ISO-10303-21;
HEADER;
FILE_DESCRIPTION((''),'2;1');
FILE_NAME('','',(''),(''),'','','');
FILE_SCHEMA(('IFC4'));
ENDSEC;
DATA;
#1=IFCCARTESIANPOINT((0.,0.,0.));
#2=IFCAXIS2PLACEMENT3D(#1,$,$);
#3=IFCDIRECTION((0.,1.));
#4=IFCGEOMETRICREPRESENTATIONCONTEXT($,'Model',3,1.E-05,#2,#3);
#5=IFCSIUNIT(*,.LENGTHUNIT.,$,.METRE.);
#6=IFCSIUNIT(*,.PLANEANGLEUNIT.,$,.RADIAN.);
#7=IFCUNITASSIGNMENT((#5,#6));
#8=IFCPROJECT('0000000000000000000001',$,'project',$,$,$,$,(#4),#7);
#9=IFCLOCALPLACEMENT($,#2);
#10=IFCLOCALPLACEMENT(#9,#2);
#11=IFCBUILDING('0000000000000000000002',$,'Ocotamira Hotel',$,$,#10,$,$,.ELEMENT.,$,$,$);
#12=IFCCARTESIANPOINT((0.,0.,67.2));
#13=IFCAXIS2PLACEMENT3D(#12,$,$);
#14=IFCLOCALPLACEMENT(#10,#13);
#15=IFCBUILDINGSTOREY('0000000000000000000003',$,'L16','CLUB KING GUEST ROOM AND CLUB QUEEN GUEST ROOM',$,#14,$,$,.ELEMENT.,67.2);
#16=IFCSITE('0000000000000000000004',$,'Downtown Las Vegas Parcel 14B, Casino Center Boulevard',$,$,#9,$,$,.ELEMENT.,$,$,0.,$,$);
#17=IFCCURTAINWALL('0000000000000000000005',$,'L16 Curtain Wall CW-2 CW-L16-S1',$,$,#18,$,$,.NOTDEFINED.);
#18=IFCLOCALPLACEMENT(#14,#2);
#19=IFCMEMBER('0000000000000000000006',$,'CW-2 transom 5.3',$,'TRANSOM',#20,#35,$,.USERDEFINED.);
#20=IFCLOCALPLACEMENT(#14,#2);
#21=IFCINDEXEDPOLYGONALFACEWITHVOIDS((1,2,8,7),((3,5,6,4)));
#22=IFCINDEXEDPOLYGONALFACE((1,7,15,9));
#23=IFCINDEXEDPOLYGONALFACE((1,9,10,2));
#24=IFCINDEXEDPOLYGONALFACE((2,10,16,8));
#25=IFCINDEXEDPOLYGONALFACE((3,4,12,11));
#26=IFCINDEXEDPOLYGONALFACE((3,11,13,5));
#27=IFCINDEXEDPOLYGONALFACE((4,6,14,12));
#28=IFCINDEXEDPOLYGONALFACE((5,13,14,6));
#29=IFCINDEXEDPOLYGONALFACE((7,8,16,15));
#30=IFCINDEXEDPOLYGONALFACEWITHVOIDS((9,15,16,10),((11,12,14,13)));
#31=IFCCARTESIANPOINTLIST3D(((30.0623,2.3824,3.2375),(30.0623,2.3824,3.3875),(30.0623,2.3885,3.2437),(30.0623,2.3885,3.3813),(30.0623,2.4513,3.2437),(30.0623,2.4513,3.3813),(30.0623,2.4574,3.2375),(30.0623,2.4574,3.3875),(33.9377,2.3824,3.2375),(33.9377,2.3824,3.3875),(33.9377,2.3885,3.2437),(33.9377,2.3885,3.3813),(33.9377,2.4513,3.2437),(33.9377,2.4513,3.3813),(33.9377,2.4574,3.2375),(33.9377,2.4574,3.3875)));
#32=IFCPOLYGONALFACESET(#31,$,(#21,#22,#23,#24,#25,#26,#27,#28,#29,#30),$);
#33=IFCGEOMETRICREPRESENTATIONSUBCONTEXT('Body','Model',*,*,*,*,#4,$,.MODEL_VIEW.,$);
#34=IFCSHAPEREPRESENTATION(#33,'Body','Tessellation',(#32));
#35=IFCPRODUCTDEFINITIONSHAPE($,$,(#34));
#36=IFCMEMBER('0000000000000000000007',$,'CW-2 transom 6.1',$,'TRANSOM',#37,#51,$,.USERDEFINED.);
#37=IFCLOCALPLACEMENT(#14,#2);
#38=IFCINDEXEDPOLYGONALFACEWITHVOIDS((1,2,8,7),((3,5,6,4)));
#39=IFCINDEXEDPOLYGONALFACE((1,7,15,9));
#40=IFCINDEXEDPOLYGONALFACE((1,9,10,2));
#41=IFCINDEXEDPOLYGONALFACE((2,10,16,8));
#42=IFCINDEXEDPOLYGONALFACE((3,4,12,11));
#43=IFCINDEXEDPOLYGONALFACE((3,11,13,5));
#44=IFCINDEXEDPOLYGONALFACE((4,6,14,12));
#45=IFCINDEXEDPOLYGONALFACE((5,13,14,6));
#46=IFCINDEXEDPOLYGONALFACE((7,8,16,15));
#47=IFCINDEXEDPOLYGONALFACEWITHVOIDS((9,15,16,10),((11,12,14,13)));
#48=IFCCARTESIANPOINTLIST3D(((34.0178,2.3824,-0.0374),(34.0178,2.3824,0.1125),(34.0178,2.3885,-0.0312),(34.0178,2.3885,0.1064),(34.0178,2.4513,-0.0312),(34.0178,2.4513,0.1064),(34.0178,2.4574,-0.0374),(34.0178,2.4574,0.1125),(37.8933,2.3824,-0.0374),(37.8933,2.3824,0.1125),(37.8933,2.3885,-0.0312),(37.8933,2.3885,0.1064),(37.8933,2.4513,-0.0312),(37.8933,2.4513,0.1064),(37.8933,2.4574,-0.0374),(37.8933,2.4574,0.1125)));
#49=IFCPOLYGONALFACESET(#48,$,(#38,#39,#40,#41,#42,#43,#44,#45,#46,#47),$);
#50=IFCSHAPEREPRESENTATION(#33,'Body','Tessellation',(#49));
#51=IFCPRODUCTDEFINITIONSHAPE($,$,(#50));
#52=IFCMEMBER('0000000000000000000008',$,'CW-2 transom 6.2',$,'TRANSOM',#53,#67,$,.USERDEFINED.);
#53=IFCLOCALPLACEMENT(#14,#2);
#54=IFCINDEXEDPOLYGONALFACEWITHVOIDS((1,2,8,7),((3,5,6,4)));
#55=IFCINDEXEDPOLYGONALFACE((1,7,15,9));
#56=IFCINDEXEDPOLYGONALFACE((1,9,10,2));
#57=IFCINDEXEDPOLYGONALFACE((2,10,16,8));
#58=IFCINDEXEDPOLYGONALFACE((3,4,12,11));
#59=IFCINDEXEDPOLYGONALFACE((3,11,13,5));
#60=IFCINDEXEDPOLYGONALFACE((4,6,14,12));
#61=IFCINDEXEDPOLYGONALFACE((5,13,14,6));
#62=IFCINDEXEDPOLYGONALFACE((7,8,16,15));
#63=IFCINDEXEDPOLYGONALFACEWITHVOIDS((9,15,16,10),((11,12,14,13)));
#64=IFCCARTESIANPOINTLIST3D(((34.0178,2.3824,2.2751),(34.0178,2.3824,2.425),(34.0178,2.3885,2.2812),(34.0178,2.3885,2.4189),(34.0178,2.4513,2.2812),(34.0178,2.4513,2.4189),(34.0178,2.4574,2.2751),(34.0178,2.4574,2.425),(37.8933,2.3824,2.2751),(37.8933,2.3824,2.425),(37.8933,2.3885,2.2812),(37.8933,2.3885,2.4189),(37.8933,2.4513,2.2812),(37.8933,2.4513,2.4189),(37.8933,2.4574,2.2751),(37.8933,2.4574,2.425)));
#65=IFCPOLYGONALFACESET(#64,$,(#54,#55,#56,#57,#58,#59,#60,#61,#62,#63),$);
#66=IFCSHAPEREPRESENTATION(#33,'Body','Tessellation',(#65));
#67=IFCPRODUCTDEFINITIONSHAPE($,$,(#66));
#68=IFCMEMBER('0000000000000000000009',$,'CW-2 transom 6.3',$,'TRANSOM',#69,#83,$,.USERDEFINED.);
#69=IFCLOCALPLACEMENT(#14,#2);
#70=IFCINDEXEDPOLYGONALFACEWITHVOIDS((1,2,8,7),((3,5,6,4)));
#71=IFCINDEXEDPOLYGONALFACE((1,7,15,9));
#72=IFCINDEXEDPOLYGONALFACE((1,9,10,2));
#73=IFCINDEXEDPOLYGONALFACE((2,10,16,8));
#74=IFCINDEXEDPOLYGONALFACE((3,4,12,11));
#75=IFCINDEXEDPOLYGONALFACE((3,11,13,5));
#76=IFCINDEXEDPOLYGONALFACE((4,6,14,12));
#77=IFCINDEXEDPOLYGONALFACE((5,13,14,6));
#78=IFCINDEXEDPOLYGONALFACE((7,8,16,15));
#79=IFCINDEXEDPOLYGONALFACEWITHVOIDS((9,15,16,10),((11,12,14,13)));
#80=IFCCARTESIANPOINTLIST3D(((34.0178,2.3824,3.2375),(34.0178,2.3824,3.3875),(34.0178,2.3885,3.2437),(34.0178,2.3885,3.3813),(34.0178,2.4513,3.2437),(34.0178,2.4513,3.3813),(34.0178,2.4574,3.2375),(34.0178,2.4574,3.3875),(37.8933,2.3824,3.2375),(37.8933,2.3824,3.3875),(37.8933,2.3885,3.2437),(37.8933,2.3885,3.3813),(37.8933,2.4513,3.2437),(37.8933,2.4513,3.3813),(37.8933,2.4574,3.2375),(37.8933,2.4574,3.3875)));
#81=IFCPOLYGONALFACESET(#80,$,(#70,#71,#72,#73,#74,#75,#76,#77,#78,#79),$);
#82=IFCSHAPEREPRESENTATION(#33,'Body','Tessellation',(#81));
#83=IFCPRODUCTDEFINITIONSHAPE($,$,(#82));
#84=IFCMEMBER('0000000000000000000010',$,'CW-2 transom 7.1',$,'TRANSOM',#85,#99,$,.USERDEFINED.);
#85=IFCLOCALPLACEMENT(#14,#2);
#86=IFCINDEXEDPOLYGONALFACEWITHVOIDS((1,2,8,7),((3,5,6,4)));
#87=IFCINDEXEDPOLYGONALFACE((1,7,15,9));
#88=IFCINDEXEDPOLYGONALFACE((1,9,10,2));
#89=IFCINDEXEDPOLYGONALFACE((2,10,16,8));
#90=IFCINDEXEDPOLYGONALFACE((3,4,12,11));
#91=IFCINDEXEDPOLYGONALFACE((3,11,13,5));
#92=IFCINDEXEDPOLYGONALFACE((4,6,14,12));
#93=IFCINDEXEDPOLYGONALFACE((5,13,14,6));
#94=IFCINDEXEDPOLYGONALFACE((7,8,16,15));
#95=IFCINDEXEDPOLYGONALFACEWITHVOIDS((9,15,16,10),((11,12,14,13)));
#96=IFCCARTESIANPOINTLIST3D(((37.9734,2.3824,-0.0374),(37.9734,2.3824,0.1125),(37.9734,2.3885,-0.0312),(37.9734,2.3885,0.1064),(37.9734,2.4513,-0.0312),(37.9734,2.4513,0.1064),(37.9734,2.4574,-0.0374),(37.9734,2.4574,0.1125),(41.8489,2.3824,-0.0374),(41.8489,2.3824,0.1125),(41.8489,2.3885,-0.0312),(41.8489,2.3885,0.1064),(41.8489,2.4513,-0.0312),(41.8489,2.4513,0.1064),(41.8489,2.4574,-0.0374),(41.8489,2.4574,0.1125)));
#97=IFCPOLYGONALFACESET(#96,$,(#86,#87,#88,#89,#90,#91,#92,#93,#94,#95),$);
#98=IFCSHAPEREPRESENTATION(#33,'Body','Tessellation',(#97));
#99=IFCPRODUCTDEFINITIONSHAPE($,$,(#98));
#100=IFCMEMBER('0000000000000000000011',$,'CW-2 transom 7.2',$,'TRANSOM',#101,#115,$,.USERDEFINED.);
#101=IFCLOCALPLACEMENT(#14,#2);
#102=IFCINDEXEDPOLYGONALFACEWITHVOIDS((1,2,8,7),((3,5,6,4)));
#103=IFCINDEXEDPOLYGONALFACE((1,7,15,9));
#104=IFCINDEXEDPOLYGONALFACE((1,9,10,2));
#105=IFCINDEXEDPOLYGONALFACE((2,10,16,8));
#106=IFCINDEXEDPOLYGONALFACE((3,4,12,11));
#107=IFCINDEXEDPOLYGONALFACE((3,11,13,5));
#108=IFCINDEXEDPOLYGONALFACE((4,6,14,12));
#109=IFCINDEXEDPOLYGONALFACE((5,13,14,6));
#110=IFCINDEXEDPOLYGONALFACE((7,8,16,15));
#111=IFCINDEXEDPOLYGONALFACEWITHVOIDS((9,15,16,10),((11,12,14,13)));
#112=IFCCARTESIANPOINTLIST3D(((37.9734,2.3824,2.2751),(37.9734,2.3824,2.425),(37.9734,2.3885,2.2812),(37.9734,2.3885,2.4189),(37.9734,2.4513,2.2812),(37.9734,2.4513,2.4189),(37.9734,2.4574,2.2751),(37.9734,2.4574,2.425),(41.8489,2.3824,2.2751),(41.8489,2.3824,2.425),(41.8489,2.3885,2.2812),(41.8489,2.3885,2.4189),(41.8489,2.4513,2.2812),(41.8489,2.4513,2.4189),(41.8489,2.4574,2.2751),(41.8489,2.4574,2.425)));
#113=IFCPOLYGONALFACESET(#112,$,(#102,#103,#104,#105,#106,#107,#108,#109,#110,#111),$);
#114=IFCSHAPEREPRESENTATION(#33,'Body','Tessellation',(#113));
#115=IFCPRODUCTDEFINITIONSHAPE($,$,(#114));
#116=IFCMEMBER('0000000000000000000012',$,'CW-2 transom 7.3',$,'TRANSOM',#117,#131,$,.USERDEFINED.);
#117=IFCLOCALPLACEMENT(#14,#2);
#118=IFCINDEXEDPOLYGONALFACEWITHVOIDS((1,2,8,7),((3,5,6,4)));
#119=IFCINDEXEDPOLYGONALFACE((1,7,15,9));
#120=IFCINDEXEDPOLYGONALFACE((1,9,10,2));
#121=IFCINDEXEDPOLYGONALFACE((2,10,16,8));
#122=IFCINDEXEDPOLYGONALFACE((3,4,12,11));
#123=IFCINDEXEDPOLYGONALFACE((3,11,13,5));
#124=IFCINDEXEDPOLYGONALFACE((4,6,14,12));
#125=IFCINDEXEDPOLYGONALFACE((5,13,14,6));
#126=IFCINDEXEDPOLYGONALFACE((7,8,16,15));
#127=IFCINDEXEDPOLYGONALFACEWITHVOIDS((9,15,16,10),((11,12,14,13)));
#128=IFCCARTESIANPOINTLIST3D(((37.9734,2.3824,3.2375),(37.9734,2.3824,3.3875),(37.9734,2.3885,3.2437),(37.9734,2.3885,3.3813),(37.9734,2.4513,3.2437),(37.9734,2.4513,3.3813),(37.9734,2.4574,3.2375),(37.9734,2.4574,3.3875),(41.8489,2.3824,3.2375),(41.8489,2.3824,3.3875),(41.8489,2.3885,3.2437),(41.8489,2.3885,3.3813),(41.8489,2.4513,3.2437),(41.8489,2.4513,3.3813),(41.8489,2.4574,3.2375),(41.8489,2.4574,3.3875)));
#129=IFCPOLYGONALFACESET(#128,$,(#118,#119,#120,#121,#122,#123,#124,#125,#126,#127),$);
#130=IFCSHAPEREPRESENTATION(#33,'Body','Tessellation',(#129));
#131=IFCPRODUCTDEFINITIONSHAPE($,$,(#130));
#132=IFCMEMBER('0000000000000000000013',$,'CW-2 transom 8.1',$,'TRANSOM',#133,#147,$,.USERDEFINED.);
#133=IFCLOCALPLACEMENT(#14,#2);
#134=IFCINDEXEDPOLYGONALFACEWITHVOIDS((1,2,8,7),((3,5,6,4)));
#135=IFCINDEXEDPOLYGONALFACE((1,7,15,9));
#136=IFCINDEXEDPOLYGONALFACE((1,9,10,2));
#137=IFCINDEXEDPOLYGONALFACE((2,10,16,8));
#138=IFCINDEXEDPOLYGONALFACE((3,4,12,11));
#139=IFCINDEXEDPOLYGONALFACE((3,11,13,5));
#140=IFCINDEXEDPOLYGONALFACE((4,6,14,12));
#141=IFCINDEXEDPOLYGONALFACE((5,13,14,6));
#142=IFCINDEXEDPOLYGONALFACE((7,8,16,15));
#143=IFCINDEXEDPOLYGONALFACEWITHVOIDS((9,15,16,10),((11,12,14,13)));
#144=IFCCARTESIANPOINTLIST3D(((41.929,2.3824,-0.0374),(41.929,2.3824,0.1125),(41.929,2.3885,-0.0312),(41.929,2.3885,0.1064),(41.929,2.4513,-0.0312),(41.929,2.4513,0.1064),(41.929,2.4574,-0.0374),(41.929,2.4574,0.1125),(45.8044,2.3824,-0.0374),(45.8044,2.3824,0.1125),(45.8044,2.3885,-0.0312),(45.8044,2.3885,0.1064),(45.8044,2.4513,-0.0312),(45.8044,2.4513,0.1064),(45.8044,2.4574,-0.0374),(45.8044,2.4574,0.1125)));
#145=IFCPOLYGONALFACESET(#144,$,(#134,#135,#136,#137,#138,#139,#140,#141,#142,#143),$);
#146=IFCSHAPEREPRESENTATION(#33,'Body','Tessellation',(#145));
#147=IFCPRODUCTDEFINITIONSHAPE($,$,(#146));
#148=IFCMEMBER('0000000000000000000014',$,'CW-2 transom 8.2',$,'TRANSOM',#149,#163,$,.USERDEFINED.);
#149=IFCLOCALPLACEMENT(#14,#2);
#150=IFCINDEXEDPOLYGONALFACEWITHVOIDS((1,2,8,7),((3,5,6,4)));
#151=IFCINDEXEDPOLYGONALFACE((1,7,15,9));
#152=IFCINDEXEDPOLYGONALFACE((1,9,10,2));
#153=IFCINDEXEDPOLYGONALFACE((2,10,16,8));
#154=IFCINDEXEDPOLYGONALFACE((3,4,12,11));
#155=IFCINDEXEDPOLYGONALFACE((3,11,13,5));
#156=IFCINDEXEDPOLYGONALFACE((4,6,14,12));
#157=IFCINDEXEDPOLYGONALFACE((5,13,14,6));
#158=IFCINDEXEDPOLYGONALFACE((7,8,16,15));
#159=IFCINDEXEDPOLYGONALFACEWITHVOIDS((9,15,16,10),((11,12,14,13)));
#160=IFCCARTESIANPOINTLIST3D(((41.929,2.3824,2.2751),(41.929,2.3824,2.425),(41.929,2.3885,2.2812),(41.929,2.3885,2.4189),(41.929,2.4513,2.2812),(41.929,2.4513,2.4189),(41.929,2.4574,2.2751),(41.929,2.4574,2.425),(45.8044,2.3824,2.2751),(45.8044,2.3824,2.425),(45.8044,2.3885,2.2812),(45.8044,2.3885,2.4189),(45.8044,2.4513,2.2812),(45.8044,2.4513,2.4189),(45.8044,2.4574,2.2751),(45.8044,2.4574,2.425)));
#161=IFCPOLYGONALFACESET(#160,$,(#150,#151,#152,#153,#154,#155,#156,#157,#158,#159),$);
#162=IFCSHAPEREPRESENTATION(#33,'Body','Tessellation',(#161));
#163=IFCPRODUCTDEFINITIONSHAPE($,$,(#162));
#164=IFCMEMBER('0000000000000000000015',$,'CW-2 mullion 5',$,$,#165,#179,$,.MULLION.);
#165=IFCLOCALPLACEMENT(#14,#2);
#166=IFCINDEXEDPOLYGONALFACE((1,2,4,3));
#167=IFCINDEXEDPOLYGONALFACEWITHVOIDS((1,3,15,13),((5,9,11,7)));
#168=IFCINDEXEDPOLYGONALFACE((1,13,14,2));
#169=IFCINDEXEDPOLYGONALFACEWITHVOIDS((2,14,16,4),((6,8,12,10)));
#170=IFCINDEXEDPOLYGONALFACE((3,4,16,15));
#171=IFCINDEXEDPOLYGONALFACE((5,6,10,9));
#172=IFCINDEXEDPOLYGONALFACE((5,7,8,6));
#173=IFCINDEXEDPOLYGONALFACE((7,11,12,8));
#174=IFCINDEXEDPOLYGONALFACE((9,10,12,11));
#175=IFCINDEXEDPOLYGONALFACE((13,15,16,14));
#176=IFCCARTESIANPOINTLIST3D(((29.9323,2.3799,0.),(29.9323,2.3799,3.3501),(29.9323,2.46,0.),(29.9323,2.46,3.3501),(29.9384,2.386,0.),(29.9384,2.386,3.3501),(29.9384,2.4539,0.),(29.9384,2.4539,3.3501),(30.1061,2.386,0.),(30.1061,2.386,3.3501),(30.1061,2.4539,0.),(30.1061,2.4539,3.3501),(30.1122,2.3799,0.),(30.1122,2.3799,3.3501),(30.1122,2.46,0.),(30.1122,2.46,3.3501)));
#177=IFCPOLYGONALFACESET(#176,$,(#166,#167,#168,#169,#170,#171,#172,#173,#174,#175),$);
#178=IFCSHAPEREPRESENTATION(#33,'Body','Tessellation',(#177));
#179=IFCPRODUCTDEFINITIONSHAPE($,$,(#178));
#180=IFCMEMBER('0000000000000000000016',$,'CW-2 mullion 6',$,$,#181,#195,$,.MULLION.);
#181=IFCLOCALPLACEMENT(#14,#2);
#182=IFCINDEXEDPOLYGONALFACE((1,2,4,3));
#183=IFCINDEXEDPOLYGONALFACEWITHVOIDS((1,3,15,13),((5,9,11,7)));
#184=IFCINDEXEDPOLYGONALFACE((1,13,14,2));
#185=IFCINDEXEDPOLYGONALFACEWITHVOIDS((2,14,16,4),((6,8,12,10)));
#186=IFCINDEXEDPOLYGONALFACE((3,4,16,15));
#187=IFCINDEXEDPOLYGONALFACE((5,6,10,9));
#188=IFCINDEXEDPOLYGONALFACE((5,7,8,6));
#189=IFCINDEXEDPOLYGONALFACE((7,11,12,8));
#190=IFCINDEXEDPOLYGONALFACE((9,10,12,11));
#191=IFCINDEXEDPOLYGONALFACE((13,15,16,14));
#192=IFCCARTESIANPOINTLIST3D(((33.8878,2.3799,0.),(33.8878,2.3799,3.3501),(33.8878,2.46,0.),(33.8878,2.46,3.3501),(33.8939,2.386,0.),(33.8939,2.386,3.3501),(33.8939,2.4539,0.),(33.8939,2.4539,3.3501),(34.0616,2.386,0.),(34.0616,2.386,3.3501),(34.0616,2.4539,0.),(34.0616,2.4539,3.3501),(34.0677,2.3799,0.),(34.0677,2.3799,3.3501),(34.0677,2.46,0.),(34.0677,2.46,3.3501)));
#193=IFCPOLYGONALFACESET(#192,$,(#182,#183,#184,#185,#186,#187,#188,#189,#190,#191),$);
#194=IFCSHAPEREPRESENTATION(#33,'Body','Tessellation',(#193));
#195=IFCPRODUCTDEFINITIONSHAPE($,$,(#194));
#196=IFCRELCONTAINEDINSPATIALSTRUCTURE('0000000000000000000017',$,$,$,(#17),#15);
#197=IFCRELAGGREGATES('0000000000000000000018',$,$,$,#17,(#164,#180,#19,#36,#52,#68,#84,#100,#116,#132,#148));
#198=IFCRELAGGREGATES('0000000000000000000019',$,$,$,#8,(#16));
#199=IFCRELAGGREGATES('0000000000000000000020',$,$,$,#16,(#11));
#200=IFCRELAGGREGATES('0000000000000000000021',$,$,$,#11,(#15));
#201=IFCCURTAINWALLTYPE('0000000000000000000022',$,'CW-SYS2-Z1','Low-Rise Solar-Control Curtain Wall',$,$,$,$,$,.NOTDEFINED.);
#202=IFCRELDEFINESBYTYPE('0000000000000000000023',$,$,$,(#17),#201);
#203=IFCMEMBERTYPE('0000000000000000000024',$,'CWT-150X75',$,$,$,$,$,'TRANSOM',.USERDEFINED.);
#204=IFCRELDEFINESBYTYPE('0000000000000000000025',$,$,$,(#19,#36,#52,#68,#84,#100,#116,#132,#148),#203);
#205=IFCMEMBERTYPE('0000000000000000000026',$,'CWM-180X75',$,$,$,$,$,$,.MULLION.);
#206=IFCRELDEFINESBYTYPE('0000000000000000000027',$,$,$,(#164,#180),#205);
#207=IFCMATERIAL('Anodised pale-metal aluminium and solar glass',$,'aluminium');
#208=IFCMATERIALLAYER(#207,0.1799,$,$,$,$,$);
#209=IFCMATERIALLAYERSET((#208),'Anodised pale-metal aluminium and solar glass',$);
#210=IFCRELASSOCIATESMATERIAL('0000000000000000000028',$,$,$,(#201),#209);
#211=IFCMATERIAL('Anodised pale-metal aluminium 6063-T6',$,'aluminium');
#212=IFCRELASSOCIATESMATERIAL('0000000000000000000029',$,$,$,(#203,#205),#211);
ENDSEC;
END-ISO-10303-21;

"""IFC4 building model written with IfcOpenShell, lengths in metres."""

from ifc_helpers import new_model, si_unit, direction, frame, origin, origin_2d, place, context, subcontext, project, spatial, hollow_rectangle, extrude, source, transform, mapped, material, layer, layer_set, material_profile, profile_set, type_object, element, aggregate, save


model = new_model("IFC4")

# Units and contexts
model_context = context("Model", 3, precision=1e-05, world=origin(), true_north=direction((0.0, 1.0)))
body_context = subcontext(model_context, "Body", "Model", "MODEL_VIEW")
ifc_project = project(units=[si_unit("LENGTHUNIT", "METRE"), si_unit("PLANEANGLEUNIT", "RADIAN")], contexts=[model_context])

# Site, building, storey
site_placement = place(None, origin())
site = spatial("IfcSite", under=ifc_project, at=site_placement, Name="Downtown Las Vegas Parcel 14B, Casino Center Boulevard", CompositionType="ELEMENT", RefElevation=0.0)
building_placement = place(site_placement, origin())
building = spatial("IfcBuilding", under=site, at=building_placement, Name="Ocotamira Hotel", CompositionType="ELEMENT")
storey_placement = place(building_placement, frame((0.0, 0.0, 67.2)))
storey = spatial("IfcBuildingStorey", under=building, at=storey_placement, Name="L16", Description="CLUB KING GUEST ROOM AND CLUB QUEEN GUEST ROOM", CompositionType="ELEMENT", Elevation=67.2)

# Curtain wall, members
ifc_material_1 = material(Name="Anodised pale-metal aluminium and solar glass", Category="aluminium")
ifc_layer_1 = layer(ifc_material_1, 0.1799)
ifc_layer_set_1 = layer_set([ifc_layer_1], Name="Anodised pale-metal aluminium and solar glass")
curtain_wall_type = type_object("IfcCurtainWallType", Name="CW-SYS2-Z1", Description="Low-Rise Solar-Control Curtain Wall", PredefinedType="NOTDEFINED", material=ifc_layer_set_1)
curtain_wall_placement = place(storey_placement, origin())
curtain_wall = element("IfcCurtainWall", 1, at=curtain_wall_placement, inside=storey, type_object=curtain_wall_type, Name="L16 Curtain Wall CW-2 CW-L16-S1", PredefinedType="NOTDEFINED")
ifc_material_2 = material(Name="Anodised pale-metal aluminium 6063-T6", Category="aluminium")
ifc_material_profile_1 = material_profile(ifc_material_2, hollow_rectangle(XDim=0.075, YDim=0.1499, WallThickness=0.0061, at=origin_2d()), Name="HSS150X75X6")
ifc_profile_set_1 = profile_set([ifc_material_profile_1], Name="Anodised pale-metal aluminium 6063-T6")
member_type_1 = type_object("IfcMemberType", Name="CWT-150X75", ElementType="TRANSOM", PredefinedType="USERDEFINED", material=ifc_profile_set_1)
shared_shape_1 = source(origin(), body_context, "Body", "SweptSolid", [
    extrude(hollow_rectangle(XDim=0.075, YDim=0.1499, WallThickness=0.0061, at=origin_2d()), origin(), (0.0, 0.0, 1.0), 3.8755),
])
member_1_placement = place(storey_placement, frame((30.0623, 2.4199, 3.3125), z_axis=(1.0, 0.0, 0.0), x_axis=(0.0, 1.0, 0.0)))
member_1 = element("IfcMember", 2, at=member_1_placement, type_object=member_type_1, Name="CW-2 transom 5.3", ObjectType="TRANSOM", PredefinedType="USERDEFINED", context=body_context, shape_type="MappedRepresentation", body=[
    mapped(shared_shape_1, transform((0.0, 0.0, 0.0), scale=1.0)),
])
member_2_placement = place(storey_placement, frame((34.0178, 2.4199, 0.0376), z_axis=(1.0, 0.0, 0.0), x_axis=(0.0, 1.0, 0.0)))
member_2 = element("IfcMember", 3, at=member_2_placement, type_object=member_type_1, Name="CW-2 transom 6.1", ObjectType="TRANSOM", PredefinedType="USERDEFINED", context=body_context, shape_type="MappedRepresentation", body=[
    mapped(shared_shape_1, transform((0.0, 0.0, 0.0), scale=1.0)),
])
member_3_placement = place(storey_placement, frame((34.0178, 2.4199, 2.3501), z_axis=(1.0, 0.0, 0.0), x_axis=(0.0, 1.0, 0.0)))
member_3 = element("IfcMember", 4, at=member_3_placement, type_object=member_type_1, Name="CW-2 transom 6.2", ObjectType="TRANSOM", PredefinedType="USERDEFINED", context=body_context, shape_type="MappedRepresentation", body=[
    mapped(shared_shape_1, transform((0.0, 0.0, 0.0), scale=1.0)),
])
member_4_placement = place(storey_placement, frame((34.0178, 2.4199, 3.3125), z_axis=(1.0, 0.0, 0.0), x_axis=(0.0, 1.0, 0.0)))
member_4 = element("IfcMember", 5, at=member_4_placement, type_object=member_type_1, Name="CW-2 transom 6.3", ObjectType="TRANSOM", PredefinedType="USERDEFINED", context=body_context, shape_type="MappedRepresentation", body=[
    mapped(shared_shape_1, transform((0.0, 0.0, 0.0), scale=1.0)),
])
member_5_placement = place(storey_placement, frame((37.9734, 2.4199, 0.0376), z_axis=(1.0, 0.0, 0.0), x_axis=(0.0, 1.0, 0.0)))
member_5 = element("IfcMember", 6, at=member_5_placement, type_object=member_type_1, Name="CW-2 transom 7.1", ObjectType="TRANSOM", PredefinedType="USERDEFINED", context=body_context, shape_type="MappedRepresentation", body=[
    mapped(shared_shape_1, transform((0.0, 0.0, 0.0), scale=1.0)),
])
member_6_placement = place(storey_placement, frame((37.9734, 2.4199, 2.3501), z_axis=(1.0, 0.0, 0.0), x_axis=(0.0, 1.0, 0.0)))
member_6 = element("IfcMember", 7, at=member_6_placement, type_object=member_type_1, Name="CW-2 transom 7.2", ObjectType="TRANSOM", PredefinedType="USERDEFINED", context=body_context, shape_type="MappedRepresentation", body=[
    mapped(shared_shape_1, transform((0.0, 0.0, 0.0), scale=1.0)),
])
member_7_placement = place(storey_placement, frame((37.9734, 2.4199, 3.3125), z_axis=(1.0, 0.0, 0.0), x_axis=(0.0, 1.0, 0.0)))
member_7 = element("IfcMember", 8, at=member_7_placement, type_object=member_type_1, Name="CW-2 transom 7.3", ObjectType="TRANSOM", PredefinedType="USERDEFINED", context=body_context, shape_type="MappedRepresentation", body=[
    mapped(shared_shape_1, transform((0.0, 0.0, 0.0), scale=1.0)),
])
member_8_placement = place(storey_placement, frame((41.929, 2.4199, 0.0376), z_axis=(1.0, 0.0, 0.0), x_axis=(0.0, 1.0, 0.0)))
member_8 = element("IfcMember", 9, at=member_8_placement, type_object=member_type_1, Name="CW-2 transom 8.1", ObjectType="TRANSOM", PredefinedType="USERDEFINED", context=body_context, shape_type="MappedRepresentation", body=[
    mapped(shared_shape_1, transform((0.0, 0.0, 0.0), scale=1.0)),
])
member_9_placement = place(storey_placement, frame((41.929, 2.4199, 2.3501), z_axis=(1.0, 0.0, 0.0), x_axis=(0.0, 1.0, 0.0)))
member_9 = element("IfcMember", 10, at=member_9_placement, type_object=member_type_1, Name="CW-2 transom 8.2", ObjectType="TRANSOM", PredefinedType="USERDEFINED", context=body_context, shape_type="MappedRepresentation", body=[
    mapped(shared_shape_1, transform((0.0, 0.0, 0.0), scale=1.0)),
])
ifc_material_profile_2 = material_profile(ifc_material_2, hollow_rectangle(XDim=0.0801, YDim=0.1799, WallThickness=0.0061, at=origin_2d()), Name="HSS180X80X6")
ifc_profile_set_2 = profile_set([ifc_material_profile_2], Name="Anodised pale-metal aluminium 6063-T6")
member_type_2 = type_object("IfcMemberType", Name="CWM-180X75", PredefinedType="MULLION", material=ifc_profile_set_2)
shared_shape_2 = source(origin(), body_context, "Body", "SweptSolid", [
    extrude(hollow_rectangle(XDim=0.0801, YDim=0.1799, WallThickness=0.0061, at=origin_2d()), origin(), (0.0, 0.0, 1.0), 3.3501),
])
member_10_placement = place(storey_placement, frame((30.0222, 2.4199, 0.0), z_axis=(0.0, 0.0, 1.0), x_axis=(0.0, 1.0, 0.0)))
member_10 = element("IfcMember", 11, at=member_10_placement, type_object=member_type_2, Name="CW-2 mullion 5", PredefinedType="MULLION", context=body_context, shape_type="MappedRepresentation", body=[
    mapped(shared_shape_2, transform((0.0, 0.0, 0.0), scale=1.0)),
])
member_11_placement = place(storey_placement, frame((33.9778, 2.4199, 0.0), z_axis=(0.0, 0.0, 1.0), x_axis=(0.0, 1.0, 0.0)))
member_11 = element("IfcMember", 12, at=member_11_placement, type_object=member_type_2, Name="CW-2 mullion 6", PredefinedType="MULLION", context=body_context, shape_type="MappedRepresentation", body=[
    mapped(shared_shape_2, transform((0.0, 0.0, 0.0), scale=1.0)),
])

aggregate(curtain_wall, [member_10, member_11, member_1, member_2, member_3, member_4, member_5, member_6, member_7, member_8, member_9])

save(model, "model.ifc")
